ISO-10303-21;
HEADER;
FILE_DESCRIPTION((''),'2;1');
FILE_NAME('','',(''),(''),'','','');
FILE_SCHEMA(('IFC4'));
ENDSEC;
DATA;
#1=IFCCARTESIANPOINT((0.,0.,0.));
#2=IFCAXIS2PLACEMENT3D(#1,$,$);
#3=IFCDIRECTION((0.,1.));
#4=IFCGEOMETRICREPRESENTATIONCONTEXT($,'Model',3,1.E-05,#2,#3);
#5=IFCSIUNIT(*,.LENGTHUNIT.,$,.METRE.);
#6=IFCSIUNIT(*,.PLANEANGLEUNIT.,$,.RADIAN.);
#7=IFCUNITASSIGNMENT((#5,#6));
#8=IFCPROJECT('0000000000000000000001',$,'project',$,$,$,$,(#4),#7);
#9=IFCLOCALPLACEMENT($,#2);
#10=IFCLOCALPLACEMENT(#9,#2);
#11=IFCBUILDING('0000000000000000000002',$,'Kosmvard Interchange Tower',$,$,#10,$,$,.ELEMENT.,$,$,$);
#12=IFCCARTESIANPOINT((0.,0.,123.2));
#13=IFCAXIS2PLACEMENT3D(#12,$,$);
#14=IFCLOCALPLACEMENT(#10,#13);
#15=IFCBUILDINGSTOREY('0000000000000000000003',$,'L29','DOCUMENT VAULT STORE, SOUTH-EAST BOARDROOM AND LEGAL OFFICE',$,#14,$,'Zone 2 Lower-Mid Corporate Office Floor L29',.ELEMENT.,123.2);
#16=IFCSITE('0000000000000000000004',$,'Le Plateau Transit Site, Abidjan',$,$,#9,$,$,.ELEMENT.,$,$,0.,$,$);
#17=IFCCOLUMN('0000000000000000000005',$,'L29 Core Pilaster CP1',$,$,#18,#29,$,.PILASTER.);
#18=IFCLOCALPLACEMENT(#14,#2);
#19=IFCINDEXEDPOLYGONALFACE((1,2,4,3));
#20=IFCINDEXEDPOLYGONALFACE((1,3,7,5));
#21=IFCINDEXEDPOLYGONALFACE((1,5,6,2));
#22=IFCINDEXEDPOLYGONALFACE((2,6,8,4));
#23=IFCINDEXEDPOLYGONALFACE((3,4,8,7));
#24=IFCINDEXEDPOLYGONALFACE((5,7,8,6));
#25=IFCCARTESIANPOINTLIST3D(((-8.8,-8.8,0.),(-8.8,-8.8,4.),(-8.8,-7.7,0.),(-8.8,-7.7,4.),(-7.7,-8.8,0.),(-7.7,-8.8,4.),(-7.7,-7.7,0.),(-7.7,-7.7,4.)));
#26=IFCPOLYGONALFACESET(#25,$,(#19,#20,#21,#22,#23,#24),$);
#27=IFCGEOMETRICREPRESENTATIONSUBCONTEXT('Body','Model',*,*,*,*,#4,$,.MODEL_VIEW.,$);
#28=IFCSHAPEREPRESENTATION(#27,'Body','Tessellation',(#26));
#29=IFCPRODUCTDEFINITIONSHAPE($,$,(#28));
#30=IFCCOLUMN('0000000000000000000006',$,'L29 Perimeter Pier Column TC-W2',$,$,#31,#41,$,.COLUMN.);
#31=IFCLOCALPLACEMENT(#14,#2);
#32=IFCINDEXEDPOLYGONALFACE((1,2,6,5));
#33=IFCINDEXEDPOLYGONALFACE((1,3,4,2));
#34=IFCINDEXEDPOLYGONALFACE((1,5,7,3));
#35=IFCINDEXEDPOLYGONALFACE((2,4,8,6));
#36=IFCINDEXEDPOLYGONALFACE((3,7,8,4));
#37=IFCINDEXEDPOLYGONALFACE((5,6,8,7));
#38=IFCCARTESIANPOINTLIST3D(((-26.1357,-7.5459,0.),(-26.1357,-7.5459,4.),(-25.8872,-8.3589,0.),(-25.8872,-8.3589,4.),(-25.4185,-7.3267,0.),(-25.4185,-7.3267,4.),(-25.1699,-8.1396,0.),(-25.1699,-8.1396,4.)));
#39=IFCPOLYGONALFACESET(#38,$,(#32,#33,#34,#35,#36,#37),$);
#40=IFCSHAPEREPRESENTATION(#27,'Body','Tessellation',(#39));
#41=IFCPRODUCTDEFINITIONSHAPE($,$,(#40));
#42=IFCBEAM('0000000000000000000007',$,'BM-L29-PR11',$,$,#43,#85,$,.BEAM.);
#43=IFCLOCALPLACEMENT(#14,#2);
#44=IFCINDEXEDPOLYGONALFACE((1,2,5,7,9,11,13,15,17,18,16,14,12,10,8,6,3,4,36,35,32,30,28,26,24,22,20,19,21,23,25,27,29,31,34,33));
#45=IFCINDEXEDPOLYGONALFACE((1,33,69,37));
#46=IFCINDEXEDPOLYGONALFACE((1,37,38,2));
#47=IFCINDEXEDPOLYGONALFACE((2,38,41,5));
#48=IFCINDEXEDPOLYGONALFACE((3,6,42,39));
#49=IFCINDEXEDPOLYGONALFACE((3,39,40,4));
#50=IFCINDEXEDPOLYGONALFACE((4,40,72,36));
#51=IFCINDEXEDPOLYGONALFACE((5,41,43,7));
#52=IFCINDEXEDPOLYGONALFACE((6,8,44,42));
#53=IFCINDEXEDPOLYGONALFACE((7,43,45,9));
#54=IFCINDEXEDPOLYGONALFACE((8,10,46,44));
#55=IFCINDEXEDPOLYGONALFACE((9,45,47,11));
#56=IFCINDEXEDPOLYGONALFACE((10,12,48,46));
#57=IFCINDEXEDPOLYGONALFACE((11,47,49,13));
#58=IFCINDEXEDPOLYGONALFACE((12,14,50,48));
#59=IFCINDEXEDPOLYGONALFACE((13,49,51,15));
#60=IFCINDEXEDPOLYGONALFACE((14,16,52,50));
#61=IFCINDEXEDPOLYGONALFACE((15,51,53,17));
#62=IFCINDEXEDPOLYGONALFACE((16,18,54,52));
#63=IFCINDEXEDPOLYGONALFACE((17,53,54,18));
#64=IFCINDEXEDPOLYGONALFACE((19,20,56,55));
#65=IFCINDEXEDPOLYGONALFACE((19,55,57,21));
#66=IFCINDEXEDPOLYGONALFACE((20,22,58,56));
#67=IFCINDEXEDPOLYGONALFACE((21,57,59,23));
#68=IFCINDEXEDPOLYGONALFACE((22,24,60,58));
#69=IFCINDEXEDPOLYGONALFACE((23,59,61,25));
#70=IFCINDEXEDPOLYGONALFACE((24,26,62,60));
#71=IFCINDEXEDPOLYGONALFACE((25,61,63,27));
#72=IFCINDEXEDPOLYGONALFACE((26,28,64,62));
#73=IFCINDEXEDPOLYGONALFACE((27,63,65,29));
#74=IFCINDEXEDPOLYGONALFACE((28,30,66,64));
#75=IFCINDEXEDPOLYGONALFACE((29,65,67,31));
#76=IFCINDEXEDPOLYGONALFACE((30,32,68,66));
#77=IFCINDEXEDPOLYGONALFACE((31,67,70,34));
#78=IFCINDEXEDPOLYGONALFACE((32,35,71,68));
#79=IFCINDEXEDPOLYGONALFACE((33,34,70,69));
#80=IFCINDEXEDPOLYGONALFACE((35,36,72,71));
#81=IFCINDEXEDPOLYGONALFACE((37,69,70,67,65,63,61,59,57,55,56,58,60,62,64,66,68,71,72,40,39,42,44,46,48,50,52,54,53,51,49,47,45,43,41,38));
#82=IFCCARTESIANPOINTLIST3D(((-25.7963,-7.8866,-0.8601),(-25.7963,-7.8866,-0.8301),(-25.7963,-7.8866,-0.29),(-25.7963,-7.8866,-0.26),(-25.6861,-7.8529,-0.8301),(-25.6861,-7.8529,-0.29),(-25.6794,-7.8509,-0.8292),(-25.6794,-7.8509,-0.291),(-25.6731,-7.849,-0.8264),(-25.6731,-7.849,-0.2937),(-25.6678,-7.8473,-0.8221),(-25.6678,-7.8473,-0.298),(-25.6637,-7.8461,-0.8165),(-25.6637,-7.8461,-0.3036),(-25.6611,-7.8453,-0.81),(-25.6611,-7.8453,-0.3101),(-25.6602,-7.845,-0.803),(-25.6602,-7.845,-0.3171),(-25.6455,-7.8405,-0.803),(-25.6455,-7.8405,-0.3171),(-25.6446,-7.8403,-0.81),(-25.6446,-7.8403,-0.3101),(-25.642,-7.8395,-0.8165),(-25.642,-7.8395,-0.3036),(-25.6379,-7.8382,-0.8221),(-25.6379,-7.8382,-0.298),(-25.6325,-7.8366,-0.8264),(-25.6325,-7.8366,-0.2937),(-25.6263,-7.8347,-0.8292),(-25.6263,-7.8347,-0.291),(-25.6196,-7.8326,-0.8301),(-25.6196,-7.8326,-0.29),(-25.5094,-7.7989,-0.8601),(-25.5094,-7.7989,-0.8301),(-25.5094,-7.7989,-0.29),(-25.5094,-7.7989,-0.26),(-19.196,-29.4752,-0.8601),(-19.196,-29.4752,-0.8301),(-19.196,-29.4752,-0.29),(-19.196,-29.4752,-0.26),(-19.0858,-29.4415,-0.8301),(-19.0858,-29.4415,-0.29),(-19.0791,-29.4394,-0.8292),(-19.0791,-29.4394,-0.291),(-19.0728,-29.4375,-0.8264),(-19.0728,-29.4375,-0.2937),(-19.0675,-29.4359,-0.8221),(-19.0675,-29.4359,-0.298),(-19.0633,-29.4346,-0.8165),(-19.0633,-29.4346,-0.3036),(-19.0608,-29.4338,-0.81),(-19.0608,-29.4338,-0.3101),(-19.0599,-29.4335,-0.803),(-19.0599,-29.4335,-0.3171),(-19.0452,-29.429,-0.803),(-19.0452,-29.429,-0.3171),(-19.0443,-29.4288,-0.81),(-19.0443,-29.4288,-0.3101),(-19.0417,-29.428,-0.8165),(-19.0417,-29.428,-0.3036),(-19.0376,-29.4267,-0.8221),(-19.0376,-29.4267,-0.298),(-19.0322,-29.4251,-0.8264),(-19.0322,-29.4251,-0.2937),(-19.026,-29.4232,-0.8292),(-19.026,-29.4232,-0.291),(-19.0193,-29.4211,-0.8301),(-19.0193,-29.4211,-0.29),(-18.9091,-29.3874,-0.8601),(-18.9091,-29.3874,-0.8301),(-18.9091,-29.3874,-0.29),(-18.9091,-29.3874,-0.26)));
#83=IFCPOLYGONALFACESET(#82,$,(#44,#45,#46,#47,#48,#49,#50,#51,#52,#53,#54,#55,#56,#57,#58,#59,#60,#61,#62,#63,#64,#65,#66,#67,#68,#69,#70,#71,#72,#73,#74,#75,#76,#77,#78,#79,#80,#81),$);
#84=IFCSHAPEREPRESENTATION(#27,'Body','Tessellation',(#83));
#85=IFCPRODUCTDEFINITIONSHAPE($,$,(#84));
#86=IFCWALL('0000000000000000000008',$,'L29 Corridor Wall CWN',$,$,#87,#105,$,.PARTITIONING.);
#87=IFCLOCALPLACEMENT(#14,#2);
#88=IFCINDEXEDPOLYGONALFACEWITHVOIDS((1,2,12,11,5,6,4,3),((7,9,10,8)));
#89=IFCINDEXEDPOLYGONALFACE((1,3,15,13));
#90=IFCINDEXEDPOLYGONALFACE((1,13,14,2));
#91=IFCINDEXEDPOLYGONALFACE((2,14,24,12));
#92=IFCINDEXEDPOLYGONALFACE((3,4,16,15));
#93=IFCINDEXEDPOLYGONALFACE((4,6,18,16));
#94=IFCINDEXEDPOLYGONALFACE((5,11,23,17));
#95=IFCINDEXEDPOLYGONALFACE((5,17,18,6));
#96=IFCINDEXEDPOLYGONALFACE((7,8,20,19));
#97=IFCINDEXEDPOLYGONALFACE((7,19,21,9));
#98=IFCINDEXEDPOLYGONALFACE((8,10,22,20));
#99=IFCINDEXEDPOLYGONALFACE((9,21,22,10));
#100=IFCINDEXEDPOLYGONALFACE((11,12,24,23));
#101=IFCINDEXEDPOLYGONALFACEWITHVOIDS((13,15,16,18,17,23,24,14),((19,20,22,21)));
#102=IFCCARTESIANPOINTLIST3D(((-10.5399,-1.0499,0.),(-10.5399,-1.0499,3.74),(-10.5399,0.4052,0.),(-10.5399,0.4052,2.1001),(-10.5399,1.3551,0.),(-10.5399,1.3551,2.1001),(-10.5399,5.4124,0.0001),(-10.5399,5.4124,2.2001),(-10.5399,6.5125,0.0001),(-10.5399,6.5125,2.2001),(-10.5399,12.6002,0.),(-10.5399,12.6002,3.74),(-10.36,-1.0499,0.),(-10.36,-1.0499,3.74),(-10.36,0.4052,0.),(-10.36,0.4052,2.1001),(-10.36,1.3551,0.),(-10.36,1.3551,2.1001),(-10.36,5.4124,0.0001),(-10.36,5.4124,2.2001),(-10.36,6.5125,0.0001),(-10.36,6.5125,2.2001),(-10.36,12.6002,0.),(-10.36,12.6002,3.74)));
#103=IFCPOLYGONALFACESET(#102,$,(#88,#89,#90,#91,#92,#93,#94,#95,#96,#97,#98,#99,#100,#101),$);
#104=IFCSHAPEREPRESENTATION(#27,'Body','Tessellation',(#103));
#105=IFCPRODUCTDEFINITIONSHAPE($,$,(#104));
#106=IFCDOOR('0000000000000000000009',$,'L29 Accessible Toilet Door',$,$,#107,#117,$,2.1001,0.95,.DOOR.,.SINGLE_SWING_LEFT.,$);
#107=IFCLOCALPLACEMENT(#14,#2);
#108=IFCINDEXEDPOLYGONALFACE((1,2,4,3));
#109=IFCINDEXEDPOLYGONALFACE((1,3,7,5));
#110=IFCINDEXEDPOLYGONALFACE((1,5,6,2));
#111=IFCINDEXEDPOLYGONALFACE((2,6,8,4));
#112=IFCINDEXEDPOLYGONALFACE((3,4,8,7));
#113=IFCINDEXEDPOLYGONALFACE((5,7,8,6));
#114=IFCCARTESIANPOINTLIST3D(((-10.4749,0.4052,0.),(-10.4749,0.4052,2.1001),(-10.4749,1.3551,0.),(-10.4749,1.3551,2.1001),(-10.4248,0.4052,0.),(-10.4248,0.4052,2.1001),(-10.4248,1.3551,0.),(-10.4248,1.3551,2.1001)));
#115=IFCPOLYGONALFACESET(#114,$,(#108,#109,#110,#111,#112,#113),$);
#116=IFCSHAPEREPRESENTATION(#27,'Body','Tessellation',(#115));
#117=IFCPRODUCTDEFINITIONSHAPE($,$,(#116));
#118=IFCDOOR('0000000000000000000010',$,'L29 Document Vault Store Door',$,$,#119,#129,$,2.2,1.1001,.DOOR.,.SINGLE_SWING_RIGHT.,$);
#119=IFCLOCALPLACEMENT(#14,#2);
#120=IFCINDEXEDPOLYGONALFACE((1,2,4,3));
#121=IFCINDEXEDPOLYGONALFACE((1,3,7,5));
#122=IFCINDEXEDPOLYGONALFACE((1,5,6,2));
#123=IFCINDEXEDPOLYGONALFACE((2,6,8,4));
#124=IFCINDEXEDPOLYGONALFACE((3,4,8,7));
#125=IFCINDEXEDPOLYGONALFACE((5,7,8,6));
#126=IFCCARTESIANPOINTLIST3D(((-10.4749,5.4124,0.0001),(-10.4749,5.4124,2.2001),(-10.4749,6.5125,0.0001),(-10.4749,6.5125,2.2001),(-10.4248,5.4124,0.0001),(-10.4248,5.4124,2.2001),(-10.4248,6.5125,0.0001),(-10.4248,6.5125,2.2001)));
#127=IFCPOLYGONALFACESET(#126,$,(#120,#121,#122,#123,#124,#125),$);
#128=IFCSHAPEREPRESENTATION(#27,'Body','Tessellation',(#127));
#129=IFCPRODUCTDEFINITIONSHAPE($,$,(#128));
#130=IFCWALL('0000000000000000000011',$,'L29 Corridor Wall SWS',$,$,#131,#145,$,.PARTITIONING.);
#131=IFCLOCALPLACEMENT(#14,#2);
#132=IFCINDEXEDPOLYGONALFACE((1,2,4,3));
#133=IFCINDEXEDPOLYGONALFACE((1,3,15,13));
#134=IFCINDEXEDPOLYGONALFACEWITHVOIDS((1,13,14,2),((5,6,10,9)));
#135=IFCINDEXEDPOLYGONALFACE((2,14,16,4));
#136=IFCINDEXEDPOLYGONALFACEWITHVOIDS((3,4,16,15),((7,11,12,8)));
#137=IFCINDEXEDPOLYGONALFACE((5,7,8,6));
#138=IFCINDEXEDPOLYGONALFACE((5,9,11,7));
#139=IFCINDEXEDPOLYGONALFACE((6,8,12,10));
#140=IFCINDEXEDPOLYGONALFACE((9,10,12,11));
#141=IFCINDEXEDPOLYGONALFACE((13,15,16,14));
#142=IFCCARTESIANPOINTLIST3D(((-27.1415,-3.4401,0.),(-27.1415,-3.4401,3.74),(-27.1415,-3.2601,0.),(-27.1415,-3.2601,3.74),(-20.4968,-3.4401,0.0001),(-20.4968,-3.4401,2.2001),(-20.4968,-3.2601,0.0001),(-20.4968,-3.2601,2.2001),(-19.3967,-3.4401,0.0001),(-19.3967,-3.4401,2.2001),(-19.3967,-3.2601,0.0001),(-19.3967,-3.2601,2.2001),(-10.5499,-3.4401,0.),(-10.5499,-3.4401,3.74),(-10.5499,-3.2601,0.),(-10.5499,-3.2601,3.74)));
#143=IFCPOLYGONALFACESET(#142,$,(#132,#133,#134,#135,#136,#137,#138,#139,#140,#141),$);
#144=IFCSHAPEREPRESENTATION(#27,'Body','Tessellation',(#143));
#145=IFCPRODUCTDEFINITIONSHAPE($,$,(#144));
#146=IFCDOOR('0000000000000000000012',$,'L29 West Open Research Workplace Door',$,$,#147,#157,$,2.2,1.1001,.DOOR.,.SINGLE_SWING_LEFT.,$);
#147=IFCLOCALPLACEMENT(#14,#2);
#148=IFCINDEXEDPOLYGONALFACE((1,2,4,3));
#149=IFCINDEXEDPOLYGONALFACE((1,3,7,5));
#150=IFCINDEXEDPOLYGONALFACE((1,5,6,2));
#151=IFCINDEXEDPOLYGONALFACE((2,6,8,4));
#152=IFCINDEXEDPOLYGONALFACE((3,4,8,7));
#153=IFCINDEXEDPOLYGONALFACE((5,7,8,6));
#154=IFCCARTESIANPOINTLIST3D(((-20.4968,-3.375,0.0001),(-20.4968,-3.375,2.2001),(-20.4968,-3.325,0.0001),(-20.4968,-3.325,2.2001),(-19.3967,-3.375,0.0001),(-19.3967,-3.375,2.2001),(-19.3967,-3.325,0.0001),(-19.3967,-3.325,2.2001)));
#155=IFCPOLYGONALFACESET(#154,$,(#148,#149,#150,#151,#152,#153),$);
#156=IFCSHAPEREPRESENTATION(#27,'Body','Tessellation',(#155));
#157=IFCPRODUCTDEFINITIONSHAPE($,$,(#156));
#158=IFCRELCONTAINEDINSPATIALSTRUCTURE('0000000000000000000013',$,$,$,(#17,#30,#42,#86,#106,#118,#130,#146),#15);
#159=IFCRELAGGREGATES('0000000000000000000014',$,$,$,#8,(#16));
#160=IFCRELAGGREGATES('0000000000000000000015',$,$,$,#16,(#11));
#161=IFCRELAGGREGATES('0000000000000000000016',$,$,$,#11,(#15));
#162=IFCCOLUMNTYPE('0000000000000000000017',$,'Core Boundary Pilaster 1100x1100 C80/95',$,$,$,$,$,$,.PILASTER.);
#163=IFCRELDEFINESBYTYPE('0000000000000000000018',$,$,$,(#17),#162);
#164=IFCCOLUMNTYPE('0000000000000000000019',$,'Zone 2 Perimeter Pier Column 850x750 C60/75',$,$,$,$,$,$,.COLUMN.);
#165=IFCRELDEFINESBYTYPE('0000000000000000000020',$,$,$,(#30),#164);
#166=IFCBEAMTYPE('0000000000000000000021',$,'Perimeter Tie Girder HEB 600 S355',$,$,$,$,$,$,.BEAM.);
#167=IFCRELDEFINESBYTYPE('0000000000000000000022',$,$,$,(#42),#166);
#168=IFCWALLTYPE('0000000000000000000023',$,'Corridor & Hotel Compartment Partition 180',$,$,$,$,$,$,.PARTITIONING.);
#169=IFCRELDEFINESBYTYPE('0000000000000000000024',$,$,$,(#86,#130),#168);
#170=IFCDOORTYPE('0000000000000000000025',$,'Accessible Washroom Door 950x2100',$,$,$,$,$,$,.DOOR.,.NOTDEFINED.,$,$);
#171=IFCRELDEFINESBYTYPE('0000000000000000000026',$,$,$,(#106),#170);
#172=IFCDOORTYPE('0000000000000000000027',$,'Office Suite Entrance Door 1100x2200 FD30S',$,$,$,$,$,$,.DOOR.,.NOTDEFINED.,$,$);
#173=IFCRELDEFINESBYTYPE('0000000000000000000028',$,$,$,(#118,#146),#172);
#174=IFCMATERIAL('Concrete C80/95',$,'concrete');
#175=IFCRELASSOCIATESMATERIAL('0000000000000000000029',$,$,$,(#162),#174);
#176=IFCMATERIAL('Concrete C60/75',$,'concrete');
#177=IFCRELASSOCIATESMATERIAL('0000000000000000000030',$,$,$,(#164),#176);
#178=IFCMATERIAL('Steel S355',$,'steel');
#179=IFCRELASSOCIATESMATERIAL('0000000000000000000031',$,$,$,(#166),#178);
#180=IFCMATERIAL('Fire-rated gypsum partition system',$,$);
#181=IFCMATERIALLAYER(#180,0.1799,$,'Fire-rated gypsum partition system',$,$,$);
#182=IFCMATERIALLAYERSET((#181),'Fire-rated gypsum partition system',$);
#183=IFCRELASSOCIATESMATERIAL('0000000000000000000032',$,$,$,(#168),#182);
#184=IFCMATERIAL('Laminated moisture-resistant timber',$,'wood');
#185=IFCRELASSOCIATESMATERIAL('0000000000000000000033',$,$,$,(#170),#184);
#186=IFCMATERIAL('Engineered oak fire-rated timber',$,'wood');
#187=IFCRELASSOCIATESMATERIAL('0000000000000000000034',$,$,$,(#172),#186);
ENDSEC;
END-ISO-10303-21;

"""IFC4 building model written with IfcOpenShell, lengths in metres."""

from ifc_helpers import new_model, si_unit, direction, frame, frame_2d, origin, origin_2d, place, context, subcontext, project, spatial, rectangle, i_section, extrude, source, transform, mapped, material, layer, layer_set, material_profile, profile_set, type_object, element, fill, save


model = new_model("IFC4")

# Units and contexts
model_context = context("Model", 3, precision=1e-05, world=origin(), true_north=direction((0.0, 1.0)))
body_context = subcontext(model_context, "Body", "Model", "MODEL_VIEW")
ifc_project = project(units=[si_unit("LENGTHUNIT", "METRE"), si_unit("PLANEANGLEUNIT", "RADIAN")], contexts=[model_context])

# Site, building, storey
site_placement = place(None, origin())
site = spatial("IfcSite", under=ifc_project, at=site_placement, Name="Le Plateau Transit Site, Abidjan", CompositionType="ELEMENT", RefElevation=0.0)
building_placement = place(site_placement, origin())
building = spatial("IfcBuilding", under=site, at=building_placement, Name="Kosmvard Interchange Tower", CompositionType="ELEMENT")
storey_placement = place(building_placement, frame((0.0, 0.0, 123.2)))
storey = spatial("IfcBuildingStorey", under=building, at=storey_placement, Name="L29", Description="DOCUMENT VAULT STORE, SOUTH-EAST BOARDROOM AND LEGAL OFFICE", LongName="Zone 2 Lower-Mid Corporate Office Floor L29", CompositionType="ELEMENT", Elevation=123.2)

# Columns
ifc_material_1 = material(Name="Concrete C80/95", Category="concrete")
ifc_material_profile_1 = material_profile(ifc_material_1, rectangle(XDim=1.1001, YDim=1.1001, at=origin_2d()), Name="CP 1100x1100")
ifc_profile_set_1 = profile_set([ifc_material_profile_1], Name="Concrete C80/95")
column_type_1 = type_object("IfcColumnType", Name="Core Boundary Pilaster 1100x1100 C80/95", PredefinedType="PILASTER", material=ifc_profile_set_1)
shared_shape_1 = source(origin(), body_context, "Body", "SweptSolid", [
    extrude(rectangle(XDim=1.1001, YDim=1.1001, at=origin_2d()), origin(), (0.0, 0.0, 1.0), 4.0),
])
column_1_placement = place(storey_placement, frame((-8.25, -8.25, 0.0), z_axis=(0.0, 0.0, 1.0), x_axis=(1.0, 0.0, 0.0)))
element("IfcColumn", 1, at=column_1_placement, inside=storey, type_object=column_type_1, Name="L29 Core Pilaster CP1", PredefinedType="PILASTER", context=body_context, shape_type="MappedRepresentation", body=[
    mapped(shared_shape_1, transform((0.0, 0.0, 0.0), scale=1.0)),
])
ifc_material_2 = material(Name="Concrete C60/75", Category="concrete")
ifc_material_profile_2 = material_profile(ifc_material_2, rectangle(XDim=0.75, YDim=0.8501, at=origin_2d()), Name="TC 850x750")
ifc_profile_set_2 = profile_set([ifc_material_profile_2], Name="Concrete C60/75")
column_type_2 = type_object("IfcColumnType", Name="Zone 2 Perimeter Pier Column 850x750 C60/75", PredefinedType="COLUMN", material=ifc_profile_set_2)
shared_shape_2 = source(origin(), body_context, "Body", "SweptSolid", [
    extrude(rectangle(XDim=0.75, YDim=0.8501, at=origin_2d()), origin(), (0.0, 0.0, 1.0), 4.0),
])
column_2_placement = place(storey_placement, frame((-25.6528, -7.8428, 0.0), z_axis=(0.0, 0.0, 1.0), x_axis=(0.956305, 0.292372, 0.0)))
element("IfcColumn", 2, at=column_2_placement, inside=storey, type_object=column_type_2, Name="L29 Perimeter Pier Column TC-W2", PredefinedType="COLUMN", context=body_context, shape_type="MappedRepresentation", body=[
    mapped(shared_shape_2, transform((0.0, 0.0, 0.0), scale=1.0)),
])

# Beam
ifc_material_3 = material(Name="Steel S355", Category="steel")
ifc_material_profile_3 = material_profile(ifc_material_3, i_section(OverallWidth=0.3, OverallDepth=0.6001, WebThickness=0.0154, FlangeThickness=0.03, FilletRadius=0.0271, at=origin_2d()), Name="HEB 600")
ifc_profile_set_3 = profile_set([ifc_material_profile_3], Name="Steel S355")
beam_type = type_object("IfcBeamType", Name="Perimeter Tie Girder HEB 600 S355", PredefinedType="BEAM", material=ifc_profile_set_3)
shared_shape_3 = source(origin(), body_context, "Body", "SweptSolid", [
    extrude(i_section(OverallWidth=0.3, OverallDepth=0.6001, WebThickness=0.0154, FlangeThickness=0.03, FilletRadius=0.0271, at=origin_2d()), origin(), (0.0, 0.0, 1.0), 22.575),
])
beam_placement = place(storey_placement, frame((-25.6528, -7.8428, -0.5601), z_axis=(0.292373, -0.956304, 0.0), x_axis=(0.956304, 0.292373, 0.0)))
element("IfcBeam", 3, at=beam_placement, inside=storey, type_object=beam_type, Name="BM-L29-PR11", PredefinedType="BEAM", context=body_context, shape_type="MappedRepresentation", body=[
    mapped(shared_shape_3, transform((0.0, 0.0, 0.0), scale=1.0)),
])

# Wall, openings, doors
ifc_material_4 = material(Name="Fire-rated gypsum partition system")
ifc_layer_1 = layer(ifc_material_4, 0.1799, Name="Fire-rated gypsum partition system")
ifc_layer_set_1 = layer_set([ifc_layer_1], Name="Fire-rated gypsum partition system")
wall_type_1 = type_object("IfcWallType", Name="Corridor & Hotel Compartment Partition 180", PredefinedType="PARTITIONING", material=ifc_layer_set_1)
wall_1_placement = place(storey_placement, frame((-10.45, -1.05, 0.0), z_axis=(0.0, 0.0, 1.0), x_axis=(0.0, 1.0, 0.0)))
wall_1 = element("IfcWall", 4, at=wall_1_placement, inside=storey, type_object=wall_type_1, Name="L29 Corridor Wall CWN", PredefinedType="PARTITIONING", context=body_context, shape_type="SweptSolid", body=[
    extrude(rectangle(XDim=13.6501, YDim=0.1799, at=frame_2d((6.8252, 0.0))), origin(), (0.0, 0.0, 1.0), 3.74),
])
opening_1_placement = place(wall_1_placement, frame((1.4551, 0.0, 0.0)))
opening_1 = element("IfcOpeningElement", 5, at=opening_1_placement, cuts=wall_1, PredefinedType="OPENING", context=body_context, shape_type="SweptSolid", body=[
    extrude(rectangle(XDim=0.95, YDim=2.1001, at=frame_2d((0.4751, 1.05))), frame((0.0, 0.1001, 0.0), z_axis=(0.0, -1.0, 0.0), x_axis=(1.0, 0.0, 0.0)), (0.0, 0.0, 1.0), 0.2),
])
opening_2_placement = place(wall_1_placement, frame((6.4624, 0.0, 0.0)))
opening_2 = element("IfcOpeningElement", 6, at=opening_2_placement, cuts=wall_1, PredefinedType="OPENING", context=body_context, shape_type="SweptSolid", body=[
    extrude(rectangle(XDim=1.1001, YDim=2.2, at=frame_2d((0.55, 1.1001))), frame((0.0, 0.1001, 0.0), z_axis=(0.0, -1.0, 0.0), x_axis=(1.0, 0.0, 0.0)), (0.0, 0.0, 1.0), 0.2),
])
ifc_material_5 = material(Name="Laminated moisture-resistant timber", Category="wood")
door_type_1 = type_object("IfcDoorType", Name="Accessible Washroom Door 950x2100", OperationType="NOTDEFINED", PredefinedType="DOOR", material=ifc_material_5)
shared_shape_4 = source(origin(), body_context, "Body", "SweptSolid", [
    extrude(rectangle(XDim=0.95, YDim=2.1001, at=frame_2d((0.4751, 1.05))), frame((0.0, 0.0249, 0.0), z_axis=(0.0, -1.0, 0.0), x_axis=(1.0, 0.0, 0.0)), (0.0, 0.0, 1.0), 0.05),
])
door_1_placement = place(opening_1_placement, origin())
door_1 = element("IfcDoor", 7, at=door_1_placement, inside=storey, type_object=door_type_1, Name="L29 Accessible Toilet Door", OperationType="SINGLE_SWING_LEFT", OverallHeight=2.1001, OverallWidth=0.95, PredefinedType="DOOR", context=body_context, shape_type="MappedRepresentation", body=[
    mapped(shared_shape_4, transform((0.0, 0.0, 0.0), scale=1.0)),
])
fill(opening_1, door_1)
ifc_material_6 = material(Name="Engineered oak fire-rated timber", Category="wood")
door_type_2 = type_object("IfcDoorType", Name="Office Suite Entrance Door 1100x2200 FD30S", OperationType="NOTDEFINED", PredefinedType="DOOR", material=ifc_material_6)
shared_shape_5 = source(origin(), body_context, "Body", "SweptSolid", [
    extrude(rectangle(XDim=1.1001, YDim=2.2, at=frame_2d((0.55, 1.1001))), frame((0.0, 0.0249, 0.0), z_axis=(0.0, -1.0, 0.0), x_axis=(1.0, 0.0, 0.0)), (0.0, 0.0, 1.0), 0.05),
])
door_2_placement = place(opening_2_placement, origin())
door_2 = element("IfcDoor", 8, at=door_2_placement, inside=storey, type_object=door_type_2, Name="L29 Document Vault Store Door", OperationType="SINGLE_SWING_RIGHT", OverallHeight=2.2, OverallWidth=1.1001, PredefinedType="DOOR", context=body_context, shape_type="MappedRepresentation", body=[
    mapped(shared_shape_5, transform((0.0, 0.0, 0.0), scale=1.0)),
])
fill(opening_2, door_2)

# Wall, opening, door
wall_2_placement = place(storey_placement, frame((-27.1416, -3.3501, 0.0), z_axis=(0.0, 0.0, 1.0), x_axis=(1.0, 0.0, 0.0)))
wall_2 = element("IfcWall", 9, at=wall_2_placement, inside=storey, type_object=wall_type_1, Name="L29 Corridor Wall SWS", PredefinedType="PARTITIONING", context=body_context, shape_type="SweptSolid", body=[
    extrude(rectangle(XDim=16.5916, YDim=0.1799, at=frame_2d((8.2959, 0.0))), origin(), (0.0, 0.0, 1.0), 3.74),
])
opening_3_placement = place(wall_2_placement, frame((6.6448, 0.0, 0.0)))
opening_3 = element("IfcOpeningElement", 10, at=opening_3_placement, cuts=wall_2, PredefinedType="OPENING", context=body_context, shape_type="SweptSolid", body=[
    extrude(rectangle(XDim=1.1001, YDim=2.2, at=frame_2d((0.55, 1.1001))), frame((0.0, 0.1001, 0.0), z_axis=(0.0, -1.0, 0.0), x_axis=(1.0, 0.0, 0.0)), (0.0, 0.0, 1.0), 0.2),
])
door_3_placement = place(opening_3_placement, frame((1.1001, 0.0, 0.0), z_axis=(0.0, 0.0, 1.0), x_axis=(-1.0, 0.0, 0.0)))
door_3 = element("IfcDoor", 11, at=door_3_placement, inside=storey, type_object=door_type_2, Name="L29 West Open Research Workplace Door", OperationType="SINGLE_SWING_LEFT", OverallHeight=2.2, OverallWidth=1.1001, PredefinedType="DOOR", context=body_context, shape_type="MappedRepresentation", body=[
    mapped(shared_shape_5, transform((0.0, 0.0, 0.0), scale=1.0)),
])
fill(opening_3, door_3)

save(model, "model.ifc")
